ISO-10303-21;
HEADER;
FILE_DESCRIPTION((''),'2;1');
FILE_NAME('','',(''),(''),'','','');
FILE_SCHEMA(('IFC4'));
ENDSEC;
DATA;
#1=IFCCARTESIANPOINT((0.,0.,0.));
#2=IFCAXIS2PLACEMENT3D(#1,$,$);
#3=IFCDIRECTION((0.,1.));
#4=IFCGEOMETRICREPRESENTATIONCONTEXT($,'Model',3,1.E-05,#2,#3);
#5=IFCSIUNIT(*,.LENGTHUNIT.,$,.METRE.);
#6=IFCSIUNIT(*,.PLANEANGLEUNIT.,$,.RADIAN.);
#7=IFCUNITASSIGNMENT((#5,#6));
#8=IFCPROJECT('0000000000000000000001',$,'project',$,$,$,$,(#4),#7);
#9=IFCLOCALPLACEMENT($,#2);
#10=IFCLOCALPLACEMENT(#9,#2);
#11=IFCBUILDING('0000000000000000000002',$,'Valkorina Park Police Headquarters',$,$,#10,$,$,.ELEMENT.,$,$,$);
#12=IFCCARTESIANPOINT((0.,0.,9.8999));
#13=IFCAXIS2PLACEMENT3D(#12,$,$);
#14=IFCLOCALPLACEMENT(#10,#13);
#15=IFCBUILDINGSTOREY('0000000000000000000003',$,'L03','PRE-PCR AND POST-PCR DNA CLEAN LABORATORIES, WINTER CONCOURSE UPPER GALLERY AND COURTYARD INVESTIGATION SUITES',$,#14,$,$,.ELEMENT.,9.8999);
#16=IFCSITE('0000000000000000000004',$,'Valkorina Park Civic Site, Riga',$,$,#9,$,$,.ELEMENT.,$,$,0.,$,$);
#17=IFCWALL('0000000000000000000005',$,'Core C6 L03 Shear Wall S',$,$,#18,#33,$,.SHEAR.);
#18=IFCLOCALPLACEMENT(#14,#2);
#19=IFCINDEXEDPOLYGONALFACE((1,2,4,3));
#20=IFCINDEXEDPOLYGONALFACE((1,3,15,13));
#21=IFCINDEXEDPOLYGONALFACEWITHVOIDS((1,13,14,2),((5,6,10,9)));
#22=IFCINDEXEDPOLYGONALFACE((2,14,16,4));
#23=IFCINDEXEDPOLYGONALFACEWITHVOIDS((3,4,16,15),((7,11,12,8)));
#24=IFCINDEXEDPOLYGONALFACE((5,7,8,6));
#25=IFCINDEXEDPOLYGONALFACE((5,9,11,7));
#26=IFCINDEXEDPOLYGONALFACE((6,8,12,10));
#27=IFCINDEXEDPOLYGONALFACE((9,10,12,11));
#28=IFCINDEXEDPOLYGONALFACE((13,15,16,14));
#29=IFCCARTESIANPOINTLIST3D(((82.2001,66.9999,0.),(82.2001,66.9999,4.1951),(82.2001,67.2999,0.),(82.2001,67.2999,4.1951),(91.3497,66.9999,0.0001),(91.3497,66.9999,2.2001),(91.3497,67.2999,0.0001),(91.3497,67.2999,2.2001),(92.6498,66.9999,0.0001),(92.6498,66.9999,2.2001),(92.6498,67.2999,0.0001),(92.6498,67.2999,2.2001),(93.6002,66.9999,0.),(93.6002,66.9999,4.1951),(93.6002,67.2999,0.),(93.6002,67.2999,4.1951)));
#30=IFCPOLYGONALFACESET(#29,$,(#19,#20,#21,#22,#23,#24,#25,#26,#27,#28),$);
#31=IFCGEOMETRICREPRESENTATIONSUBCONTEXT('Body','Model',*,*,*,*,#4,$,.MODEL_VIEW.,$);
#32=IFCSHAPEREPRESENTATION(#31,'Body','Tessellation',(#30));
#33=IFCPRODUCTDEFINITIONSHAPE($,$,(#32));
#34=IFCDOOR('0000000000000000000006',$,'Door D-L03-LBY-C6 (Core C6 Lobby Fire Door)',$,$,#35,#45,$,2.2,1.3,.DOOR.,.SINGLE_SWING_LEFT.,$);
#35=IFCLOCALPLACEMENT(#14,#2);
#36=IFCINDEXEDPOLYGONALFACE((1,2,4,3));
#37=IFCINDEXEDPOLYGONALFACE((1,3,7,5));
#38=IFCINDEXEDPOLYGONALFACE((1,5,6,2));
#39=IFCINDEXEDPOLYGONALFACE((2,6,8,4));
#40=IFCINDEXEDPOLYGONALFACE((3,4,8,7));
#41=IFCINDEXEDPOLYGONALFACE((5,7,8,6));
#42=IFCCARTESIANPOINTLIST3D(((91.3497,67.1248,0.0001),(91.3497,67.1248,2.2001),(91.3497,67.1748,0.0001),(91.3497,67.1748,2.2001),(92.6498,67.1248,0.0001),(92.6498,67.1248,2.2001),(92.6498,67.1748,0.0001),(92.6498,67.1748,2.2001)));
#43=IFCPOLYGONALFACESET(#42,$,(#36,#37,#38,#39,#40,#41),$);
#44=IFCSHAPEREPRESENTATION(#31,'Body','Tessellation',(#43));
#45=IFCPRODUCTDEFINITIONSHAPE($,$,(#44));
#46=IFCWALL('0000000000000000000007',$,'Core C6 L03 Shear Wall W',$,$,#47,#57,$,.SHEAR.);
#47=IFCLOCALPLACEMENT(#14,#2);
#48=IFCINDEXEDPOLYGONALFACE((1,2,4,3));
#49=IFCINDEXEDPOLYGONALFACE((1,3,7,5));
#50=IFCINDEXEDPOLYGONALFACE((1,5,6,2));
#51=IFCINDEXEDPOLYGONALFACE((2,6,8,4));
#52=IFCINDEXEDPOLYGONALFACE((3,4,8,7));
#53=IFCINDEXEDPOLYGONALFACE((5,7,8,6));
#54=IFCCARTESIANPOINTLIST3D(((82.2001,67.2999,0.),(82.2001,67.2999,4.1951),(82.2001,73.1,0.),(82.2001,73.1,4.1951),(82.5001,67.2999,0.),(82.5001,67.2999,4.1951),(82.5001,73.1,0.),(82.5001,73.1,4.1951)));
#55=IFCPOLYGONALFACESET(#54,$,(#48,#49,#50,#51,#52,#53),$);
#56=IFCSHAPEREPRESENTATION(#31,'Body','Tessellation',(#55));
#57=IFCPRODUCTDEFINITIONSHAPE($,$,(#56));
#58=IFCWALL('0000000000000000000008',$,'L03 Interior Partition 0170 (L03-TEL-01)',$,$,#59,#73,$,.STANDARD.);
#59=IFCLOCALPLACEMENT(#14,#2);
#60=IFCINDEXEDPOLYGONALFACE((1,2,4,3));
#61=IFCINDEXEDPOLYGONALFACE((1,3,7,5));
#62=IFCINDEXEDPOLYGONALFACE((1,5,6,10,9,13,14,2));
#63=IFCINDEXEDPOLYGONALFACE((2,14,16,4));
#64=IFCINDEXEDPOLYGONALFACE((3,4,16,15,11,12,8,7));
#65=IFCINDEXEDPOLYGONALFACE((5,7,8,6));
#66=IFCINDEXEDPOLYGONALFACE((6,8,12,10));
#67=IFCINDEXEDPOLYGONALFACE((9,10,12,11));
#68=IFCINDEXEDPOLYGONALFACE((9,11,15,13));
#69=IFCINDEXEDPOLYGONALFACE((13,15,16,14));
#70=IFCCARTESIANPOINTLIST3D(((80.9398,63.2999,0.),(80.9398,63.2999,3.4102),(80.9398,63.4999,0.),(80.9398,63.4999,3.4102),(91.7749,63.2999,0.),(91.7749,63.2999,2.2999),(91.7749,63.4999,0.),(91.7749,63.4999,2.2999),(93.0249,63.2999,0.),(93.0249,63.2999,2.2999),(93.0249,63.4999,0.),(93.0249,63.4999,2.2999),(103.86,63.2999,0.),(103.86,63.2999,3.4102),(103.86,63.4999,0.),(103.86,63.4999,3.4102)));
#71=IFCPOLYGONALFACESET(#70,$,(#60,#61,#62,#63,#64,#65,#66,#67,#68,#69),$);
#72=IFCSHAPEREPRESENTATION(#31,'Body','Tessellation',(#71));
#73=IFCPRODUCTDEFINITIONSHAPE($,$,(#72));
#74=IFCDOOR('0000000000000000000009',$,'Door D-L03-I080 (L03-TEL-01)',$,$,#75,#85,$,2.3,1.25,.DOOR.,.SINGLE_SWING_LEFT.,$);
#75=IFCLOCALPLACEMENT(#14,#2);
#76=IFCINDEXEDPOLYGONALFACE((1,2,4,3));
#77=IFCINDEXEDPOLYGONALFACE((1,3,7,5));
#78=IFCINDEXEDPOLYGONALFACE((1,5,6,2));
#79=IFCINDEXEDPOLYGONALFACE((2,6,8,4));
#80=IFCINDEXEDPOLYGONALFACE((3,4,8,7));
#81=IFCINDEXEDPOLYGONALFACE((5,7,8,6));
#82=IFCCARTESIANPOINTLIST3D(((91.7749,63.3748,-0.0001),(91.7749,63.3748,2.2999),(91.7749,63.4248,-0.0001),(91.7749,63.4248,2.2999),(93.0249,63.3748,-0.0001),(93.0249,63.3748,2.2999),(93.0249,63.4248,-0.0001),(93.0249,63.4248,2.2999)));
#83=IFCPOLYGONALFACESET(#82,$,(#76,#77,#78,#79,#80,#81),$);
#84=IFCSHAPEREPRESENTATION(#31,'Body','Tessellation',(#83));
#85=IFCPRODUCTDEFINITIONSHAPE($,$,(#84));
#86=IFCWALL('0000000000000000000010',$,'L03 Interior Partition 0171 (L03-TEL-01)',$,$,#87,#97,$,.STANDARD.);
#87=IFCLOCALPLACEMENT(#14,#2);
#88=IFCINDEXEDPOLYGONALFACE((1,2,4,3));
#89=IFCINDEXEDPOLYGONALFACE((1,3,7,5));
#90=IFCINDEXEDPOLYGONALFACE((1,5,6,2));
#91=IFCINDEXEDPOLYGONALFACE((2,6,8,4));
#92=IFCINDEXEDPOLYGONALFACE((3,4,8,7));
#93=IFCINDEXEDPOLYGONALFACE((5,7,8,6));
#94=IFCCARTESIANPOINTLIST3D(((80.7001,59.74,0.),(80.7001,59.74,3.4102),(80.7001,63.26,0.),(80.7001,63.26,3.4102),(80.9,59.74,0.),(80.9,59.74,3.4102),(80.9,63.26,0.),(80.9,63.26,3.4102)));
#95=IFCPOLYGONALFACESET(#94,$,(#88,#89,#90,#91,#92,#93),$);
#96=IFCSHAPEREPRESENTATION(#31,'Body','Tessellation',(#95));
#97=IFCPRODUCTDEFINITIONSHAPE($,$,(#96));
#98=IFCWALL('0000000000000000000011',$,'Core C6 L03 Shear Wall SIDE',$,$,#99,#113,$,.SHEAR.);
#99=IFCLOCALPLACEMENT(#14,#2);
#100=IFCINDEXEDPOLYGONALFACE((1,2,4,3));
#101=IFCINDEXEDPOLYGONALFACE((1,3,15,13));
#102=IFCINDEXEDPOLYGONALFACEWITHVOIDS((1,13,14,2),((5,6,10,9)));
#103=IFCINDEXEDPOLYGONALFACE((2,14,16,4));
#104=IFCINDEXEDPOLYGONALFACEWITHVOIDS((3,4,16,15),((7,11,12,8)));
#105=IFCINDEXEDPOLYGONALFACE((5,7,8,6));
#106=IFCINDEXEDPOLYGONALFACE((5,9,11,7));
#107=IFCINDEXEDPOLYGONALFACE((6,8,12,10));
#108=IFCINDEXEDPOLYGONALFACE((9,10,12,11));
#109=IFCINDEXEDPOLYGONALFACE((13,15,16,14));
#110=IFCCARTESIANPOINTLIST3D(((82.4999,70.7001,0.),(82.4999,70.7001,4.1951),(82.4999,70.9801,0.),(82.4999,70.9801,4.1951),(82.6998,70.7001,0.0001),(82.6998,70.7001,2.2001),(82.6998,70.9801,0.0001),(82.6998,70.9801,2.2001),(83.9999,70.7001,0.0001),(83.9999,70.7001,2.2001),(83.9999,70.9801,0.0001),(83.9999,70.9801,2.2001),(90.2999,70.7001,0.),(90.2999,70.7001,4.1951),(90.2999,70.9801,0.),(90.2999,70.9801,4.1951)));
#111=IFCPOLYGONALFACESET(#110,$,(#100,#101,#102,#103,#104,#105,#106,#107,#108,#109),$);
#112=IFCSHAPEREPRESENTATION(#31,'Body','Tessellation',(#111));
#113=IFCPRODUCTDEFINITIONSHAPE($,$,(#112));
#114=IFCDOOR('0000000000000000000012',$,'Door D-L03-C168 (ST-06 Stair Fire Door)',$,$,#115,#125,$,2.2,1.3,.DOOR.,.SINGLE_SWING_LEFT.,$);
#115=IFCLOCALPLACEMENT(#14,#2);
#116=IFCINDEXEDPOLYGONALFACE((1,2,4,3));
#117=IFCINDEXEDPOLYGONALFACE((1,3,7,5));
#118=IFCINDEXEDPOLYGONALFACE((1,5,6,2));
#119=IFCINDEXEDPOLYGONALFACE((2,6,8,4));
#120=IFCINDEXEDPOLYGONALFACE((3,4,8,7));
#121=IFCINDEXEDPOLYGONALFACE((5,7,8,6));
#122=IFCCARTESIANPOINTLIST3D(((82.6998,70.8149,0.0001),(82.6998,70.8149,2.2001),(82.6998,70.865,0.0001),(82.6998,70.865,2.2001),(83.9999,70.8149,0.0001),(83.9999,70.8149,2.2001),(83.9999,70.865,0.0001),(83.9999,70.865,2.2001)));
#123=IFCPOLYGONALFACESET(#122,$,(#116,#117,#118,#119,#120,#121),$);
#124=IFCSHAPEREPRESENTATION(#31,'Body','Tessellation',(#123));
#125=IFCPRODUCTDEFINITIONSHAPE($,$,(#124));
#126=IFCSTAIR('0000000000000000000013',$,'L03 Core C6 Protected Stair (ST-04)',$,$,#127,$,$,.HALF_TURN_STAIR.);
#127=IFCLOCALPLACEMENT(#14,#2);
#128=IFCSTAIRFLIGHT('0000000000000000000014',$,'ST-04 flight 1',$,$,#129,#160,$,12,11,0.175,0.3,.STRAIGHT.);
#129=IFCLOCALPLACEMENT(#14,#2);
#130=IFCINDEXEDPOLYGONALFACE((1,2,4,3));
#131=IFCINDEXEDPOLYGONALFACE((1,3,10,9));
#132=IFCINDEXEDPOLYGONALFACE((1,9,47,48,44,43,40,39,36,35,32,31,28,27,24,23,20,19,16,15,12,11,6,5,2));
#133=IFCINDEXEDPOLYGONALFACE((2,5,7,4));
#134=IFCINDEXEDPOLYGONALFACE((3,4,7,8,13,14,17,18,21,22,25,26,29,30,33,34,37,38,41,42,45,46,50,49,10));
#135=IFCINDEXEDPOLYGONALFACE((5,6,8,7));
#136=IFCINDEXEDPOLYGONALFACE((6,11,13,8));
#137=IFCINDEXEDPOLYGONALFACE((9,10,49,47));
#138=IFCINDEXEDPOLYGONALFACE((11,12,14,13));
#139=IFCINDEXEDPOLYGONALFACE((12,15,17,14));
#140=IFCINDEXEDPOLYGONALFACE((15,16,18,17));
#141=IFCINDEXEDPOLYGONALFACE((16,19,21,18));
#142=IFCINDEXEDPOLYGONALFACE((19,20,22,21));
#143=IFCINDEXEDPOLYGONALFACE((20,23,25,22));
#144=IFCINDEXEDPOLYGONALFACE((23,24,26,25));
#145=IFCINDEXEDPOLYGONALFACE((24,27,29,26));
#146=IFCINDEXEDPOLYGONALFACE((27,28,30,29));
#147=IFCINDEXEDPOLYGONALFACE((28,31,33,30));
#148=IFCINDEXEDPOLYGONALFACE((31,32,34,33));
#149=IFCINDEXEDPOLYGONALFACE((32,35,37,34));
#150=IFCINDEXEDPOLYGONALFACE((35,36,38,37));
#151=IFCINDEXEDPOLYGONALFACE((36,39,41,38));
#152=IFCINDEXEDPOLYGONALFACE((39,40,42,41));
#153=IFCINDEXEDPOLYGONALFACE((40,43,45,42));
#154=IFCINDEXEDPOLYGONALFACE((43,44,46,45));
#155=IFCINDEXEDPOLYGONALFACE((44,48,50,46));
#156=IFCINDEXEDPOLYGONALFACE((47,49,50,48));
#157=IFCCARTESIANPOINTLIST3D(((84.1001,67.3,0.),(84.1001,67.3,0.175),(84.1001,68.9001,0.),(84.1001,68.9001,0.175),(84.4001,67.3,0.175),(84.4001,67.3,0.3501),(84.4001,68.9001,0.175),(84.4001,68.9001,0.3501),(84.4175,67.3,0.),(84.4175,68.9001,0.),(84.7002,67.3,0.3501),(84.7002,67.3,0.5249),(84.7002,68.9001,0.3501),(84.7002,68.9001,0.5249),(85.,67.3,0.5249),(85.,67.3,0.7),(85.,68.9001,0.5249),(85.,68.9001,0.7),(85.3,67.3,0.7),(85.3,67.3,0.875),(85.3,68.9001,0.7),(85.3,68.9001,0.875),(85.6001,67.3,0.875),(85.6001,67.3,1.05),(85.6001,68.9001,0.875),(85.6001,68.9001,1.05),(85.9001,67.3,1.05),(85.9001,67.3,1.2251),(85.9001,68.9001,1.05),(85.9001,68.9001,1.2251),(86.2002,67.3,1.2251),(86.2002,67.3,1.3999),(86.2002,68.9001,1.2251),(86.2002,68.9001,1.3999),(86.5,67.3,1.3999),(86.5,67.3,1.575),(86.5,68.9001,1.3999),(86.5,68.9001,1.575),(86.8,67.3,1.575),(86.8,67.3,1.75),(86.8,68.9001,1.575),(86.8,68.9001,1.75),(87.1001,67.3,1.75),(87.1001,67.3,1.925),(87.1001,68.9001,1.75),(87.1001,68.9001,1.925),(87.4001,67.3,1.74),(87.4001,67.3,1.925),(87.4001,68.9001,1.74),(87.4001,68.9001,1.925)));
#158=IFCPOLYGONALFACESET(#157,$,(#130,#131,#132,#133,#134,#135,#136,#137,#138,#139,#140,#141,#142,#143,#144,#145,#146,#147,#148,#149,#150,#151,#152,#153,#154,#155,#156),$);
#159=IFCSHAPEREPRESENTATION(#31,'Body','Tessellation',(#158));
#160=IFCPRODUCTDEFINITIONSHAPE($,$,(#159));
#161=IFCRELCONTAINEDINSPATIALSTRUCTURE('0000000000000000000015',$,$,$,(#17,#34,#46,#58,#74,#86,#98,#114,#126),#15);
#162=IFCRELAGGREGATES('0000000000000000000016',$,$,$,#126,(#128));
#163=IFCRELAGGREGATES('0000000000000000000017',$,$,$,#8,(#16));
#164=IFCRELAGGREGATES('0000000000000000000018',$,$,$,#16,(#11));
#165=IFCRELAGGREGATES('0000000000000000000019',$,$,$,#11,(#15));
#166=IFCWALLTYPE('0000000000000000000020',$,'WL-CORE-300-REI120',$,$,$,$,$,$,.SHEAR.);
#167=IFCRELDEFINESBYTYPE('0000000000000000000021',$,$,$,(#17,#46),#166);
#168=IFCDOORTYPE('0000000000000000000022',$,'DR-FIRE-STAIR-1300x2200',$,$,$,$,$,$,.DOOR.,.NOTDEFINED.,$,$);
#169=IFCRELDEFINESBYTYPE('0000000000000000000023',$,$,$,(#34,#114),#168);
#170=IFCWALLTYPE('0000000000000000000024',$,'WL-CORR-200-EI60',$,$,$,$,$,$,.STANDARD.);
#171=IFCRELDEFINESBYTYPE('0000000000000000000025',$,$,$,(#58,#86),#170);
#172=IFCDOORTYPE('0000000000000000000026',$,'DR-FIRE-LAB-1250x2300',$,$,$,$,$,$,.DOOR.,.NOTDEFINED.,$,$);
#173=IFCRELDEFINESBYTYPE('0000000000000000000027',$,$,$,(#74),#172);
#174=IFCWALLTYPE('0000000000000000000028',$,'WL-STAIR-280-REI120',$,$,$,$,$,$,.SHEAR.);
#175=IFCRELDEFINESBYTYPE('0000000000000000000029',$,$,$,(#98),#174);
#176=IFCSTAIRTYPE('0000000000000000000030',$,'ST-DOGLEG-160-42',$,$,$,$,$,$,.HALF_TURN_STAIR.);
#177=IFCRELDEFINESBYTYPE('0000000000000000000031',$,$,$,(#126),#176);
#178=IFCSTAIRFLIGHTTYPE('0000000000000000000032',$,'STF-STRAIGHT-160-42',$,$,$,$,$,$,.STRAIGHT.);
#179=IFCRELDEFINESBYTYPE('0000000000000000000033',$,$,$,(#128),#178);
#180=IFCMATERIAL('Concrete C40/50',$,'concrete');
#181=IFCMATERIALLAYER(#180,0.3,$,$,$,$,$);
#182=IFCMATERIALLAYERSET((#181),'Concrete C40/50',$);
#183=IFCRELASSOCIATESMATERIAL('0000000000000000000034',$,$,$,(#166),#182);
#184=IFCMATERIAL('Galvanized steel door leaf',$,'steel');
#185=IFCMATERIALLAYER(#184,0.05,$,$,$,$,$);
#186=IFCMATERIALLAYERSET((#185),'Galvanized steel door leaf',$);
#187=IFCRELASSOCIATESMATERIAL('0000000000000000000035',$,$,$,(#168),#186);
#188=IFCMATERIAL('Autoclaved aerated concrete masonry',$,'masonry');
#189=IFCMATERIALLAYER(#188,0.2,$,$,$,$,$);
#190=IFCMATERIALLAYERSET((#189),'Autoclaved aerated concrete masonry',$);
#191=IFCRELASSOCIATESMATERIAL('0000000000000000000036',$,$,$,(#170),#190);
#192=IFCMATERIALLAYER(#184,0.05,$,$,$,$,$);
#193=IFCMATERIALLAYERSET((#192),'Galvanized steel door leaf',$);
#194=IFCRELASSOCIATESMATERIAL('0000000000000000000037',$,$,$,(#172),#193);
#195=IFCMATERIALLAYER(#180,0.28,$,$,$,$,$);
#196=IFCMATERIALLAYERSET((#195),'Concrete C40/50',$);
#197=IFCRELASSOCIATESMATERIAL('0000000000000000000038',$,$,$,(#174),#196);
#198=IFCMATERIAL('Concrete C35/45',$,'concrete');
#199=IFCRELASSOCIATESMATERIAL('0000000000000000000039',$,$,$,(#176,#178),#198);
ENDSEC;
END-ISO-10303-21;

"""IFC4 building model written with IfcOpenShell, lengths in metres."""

from ifc_helpers import new_model, si_unit, direction, frame, frame_2d, origin, place, context, subcontext, project, spatial, polyline, rectangle, outline, extrude, material, layer, layer_set, type_object, element, fill, aggregate, save


model = new_model("IFC4")

# Units and contexts
model_context = context("Model", 3, precision=1e-05, world=origin(), true_north=direction((0.0, 1.0)))
body_context = subcontext(model_context, "Body", "Model", "MODEL_VIEW")
ifc_project = project(units=[si_unit("LENGTHUNIT", "METRE"), si_unit("PLANEANGLEUNIT", "RADIAN")], contexts=[model_context])

# Site, building, storey
site_placement = place(None, origin())
site = spatial("IfcSite", under=ifc_project, at=site_placement, Name="Valkorina Park Civic Site, Riga", CompositionType="ELEMENT", RefElevation=0.0)
building_placement = place(site_placement, origin())
building = spatial("IfcBuilding", under=site, at=building_placement, Name="Valkorina Park Police Headquarters", CompositionType="ELEMENT")
storey_placement = place(building_placement, frame((0.0, 0.0, 9.8999)))
storey = spatial("IfcBuildingStorey", under=building, at=storey_placement, Name="L03", Description="PRE-PCR AND POST-PCR DNA CLEAN LABORATORIES, WINTER CONCOURSE UPPER GALLERY AND COURTYARD INVESTIGATION SUITES", CompositionType="ELEMENT", Elevation=9.8999)

# Shared definitions
ifc_material_1 = material(Name="Autoclaved aerated concrete masonry", Category="masonry")

# Wall, opening, door
ifc_material_2 = material(Name="Concrete C40/50", Category="concrete")
ifc_layer_1 = layer(ifc_material_2, 0.3)
ifc_layer_set_1 = layer_set([ifc_layer_1], Name="Concrete C40/50")
wall_type_1 = type_object("IfcWallType", Name="WL-CORE-300-REI120", PredefinedType="SHEAR", material=ifc_layer_set_1)
wall_1_placement = place(storey_placement, frame((82.2, 67.1499, 0.0), z_axis=(0.0, 0.0, 1.0), x_axis=(1.0, 0.0, 0.0)))
wall_1 = element("IfcWall", 1, at=wall_1_placement, inside=storey, type_object=wall_type_1, Name="Core C6 L03 Shear Wall S", PredefinedType="SHEAR", context=body_context, shape_type="SweptSolid", body=[
    extrude(rectangle(XDim=11.4001, YDim=0.3, at=frame_2d((5.7002, 0.0))), origin(), (0.0, 0.0, 1.0), 4.1951),
])
opening_1_placement = place(wall_1_placement, frame((9.1499, 0.0, 0.0)))
opening_1 = element("IfcOpeningElement", 2, at=opening_1_placement, cuts=wall_1, PredefinedType="OPENING", context=body_context, shape_type="SweptSolid", body=[
    extrude(rectangle(XDim=1.3, YDim=2.2, at=frame_2d((0.6499, 1.1001))), frame((0.0, 0.1602, 0.0), z_axis=(0.0, -1.0, 0.0), x_axis=(1.0, 0.0, 0.0)), (0.0, 0.0, 1.0), 0.3201),
])
ifc_material_3 = material(Name="Galvanized steel door leaf", Category="steel")
ifc_layer_2 = layer(ifc_material_3, 0.05)
ifc_layer_set_2 = layer_set([ifc_layer_2], Name="Galvanized steel door leaf")
door_type_1 = type_object("IfcDoorType", Name="DR-FIRE-STAIR-1300x2200", OperationType="NOTDEFINED", PredefinedType="DOOR", material=ifc_layer_set_2)
door_1_placement = place(opening_1_placement, origin())
door_1 = element("IfcDoor", 3, at=door_1_placement, inside=storey, type_object=door_type_1, Name="Door D-L03-LBY-C6 (Core C6 Lobby Fire Door)", OperationType="SINGLE_SWING_LEFT", OverallHeight=2.2, OverallWidth=1.3, PredefinedType="DOOR", context=body_context, shape_type="SweptSolid", body=[
    extrude(rectangle(XDim=1.3, YDim=2.2, at=frame_2d((0.6499, 1.1001))), frame((0.0, 0.0249, 0.0), z_axis=(0.0, -1.0, 0.0), x_axis=(1.0, 0.0, 0.0)), (0.0, 0.0, 1.0), 0.05),
])
fill(opening_1, door_1)

# Wall
wall_2_placement = place(storey_placement, frame((82.3501, 67.3, 0.0), z_axis=(0.0, 0.0, 1.0), x_axis=(0.0, 1.0, 0.0)))
element("IfcWall", 4, at=wall_2_placement, inside=storey, type_object=wall_type_1, Name="Core C6 L03 Shear Wall W", PredefinedType="SHEAR", context=body_context, shape_type="SweptSolid", body=[
    extrude(rectangle(XDim=5.8, YDim=0.3, at=frame_2d((2.8999, 0.0))), origin(), (0.0, 0.0, 1.0), 4.1951),
])

# Wall, opening, door
ifc_layer_3 = layer(ifc_material_1, 0.2)
ifc_layer_set_3 = layer_set([ifc_layer_3], Name="Autoclaved aerated concrete masonry")
wall_type_2 = type_object("IfcWallType", Name="WL-CORR-200-EI60", PredefinedType="STANDARD", material=ifc_layer_set_3)
wall_3_placement = place(storey_placement, frame((80.9399, 63.3999, 0.0), z_axis=(0.0, 0.0, 1.0), x_axis=(1.0, 0.0, 0.0)))
wall_3 = element("IfcWall", 5, at=wall_3_placement, inside=storey, type_object=wall_type_2, Name="L03 Interior Partition 0170 (L03-TEL-01)", PredefinedType="STANDARD", context=body_context, shape_type="SweptSolid", body=[
    extrude(rectangle(XDim=22.9202, YDim=0.2, at=frame_2d((11.46, 0.0))), origin(), (0.0, 0.0, 1.0), 3.4102),
])
opening_2_placement = place(wall_3_placement, frame((10.835, 0.0, 0.0)))
opening_2 = element("IfcOpeningElement", 6, at=opening_2_placement, cuts=wall_3, PredefinedType="OPENING", context=body_context, shape_type="SweptSolid", body=[
    extrude(rectangle(XDim=1.25, YDim=2.3, at=frame_2d((0.625, 1.1499))), frame((0.0, 0.1099, 0.0), z_axis=(0.0, -1.0, 0.0), x_axis=(1.0, 0.0, 0.0)), (0.0, 0.0, 1.0), 0.22),
])
ifc_layer_4 = layer(ifc_material_3, 0.05)
ifc_layer_set_4 = layer_set([ifc_layer_4], Name="Galvanized steel door leaf")
door_type_2 = type_object("IfcDoorType", Name="DR-FIRE-LAB-1250x2300", OperationType="NOTDEFINED", PredefinedType="DOOR", material=ifc_layer_set_4)
door_2_placement = place(opening_2_placement, origin())
door_2 = element("IfcDoor", 7, at=door_2_placement, inside=storey, type_object=door_type_2, Name="Door D-L03-I080 (L03-TEL-01)", OperationType="SINGLE_SWING_LEFT", OverallHeight=2.3, OverallWidth=1.25, PredefinedType="DOOR", context=body_context, shape_type="SweptSolid", body=[
    extrude(rectangle(XDim=1.25, YDim=2.3, at=frame_2d((0.625, 1.1499))), frame((0.0, 0.0249, 0.0), z_axis=(0.0, -1.0, 0.0), x_axis=(1.0, 0.0, 0.0)), (0.0, 0.0, 1.0), 0.05),
])
fill(opening_2, door_2)

# Wall
wall_4_placement = place(storey_placement, frame((80.8, 59.74, 0.0), z_axis=(0.0, 0.0, 1.0), x_axis=(0.0, 1.0, 0.0)))
element("IfcWall", 8, at=wall_4_placement, inside=storey, type_object=wall_type_2, Name="L03 Interior Partition 0171 (L03-TEL-01)", PredefinedType="STANDARD", context=body_context, shape_type="SweptSolid", body=[
    extrude(rectangle(XDim=3.52, YDim=0.2, at=frame_2d((1.76, 0.0))), origin(), (0.0, 0.0, 1.0), 3.4102),
])

# Wall, opening, door
ifc_layer_5 = layer(ifc_material_2, 0.28)
ifc_layer_set_5 = layer_set([ifc_layer_5], Name="Concrete C40/50")
wall_type_3 = type_object("IfcWallType", Name="WL-STAIR-280-REI120", PredefinedType="SHEAR", material=ifc_layer_set_5)
wall_5_placement = place(storey_placement, frame((82.5, 70.8401, 0.0), z_axis=(0.0, 0.0, 1.0), x_axis=(1.0, 0.0, 0.0)))
wall_5 = element("IfcWall", 9, at=wall_5_placement, inside=storey, type_object=wall_type_3, Name="Core C6 L03 Shear Wall SIDE", PredefinedType="SHEAR", context=body_context, shape_type="SweptSolid", body=[
    extrude(rectangle(XDim=7.8, YDim=0.28, at=frame_2d((3.8999, 0.0))), origin(), (0.0, 0.0, 1.0), 4.1951),
])
opening_3_placement = place(wall_5_placement, frame((0.2, 0.0, 0.0)))
opening_3 = element("IfcOpeningElement", 10, at=opening_3_placement, cuts=wall_5, PredefinedType="OPENING", context=body_context, shape_type="SweptSolid", body=[
    extrude(rectangle(XDim=1.3, YDim=2.2, at=frame_2d((0.6499, 1.1001))), frame((0.0, 0.1499, 0.0), z_axis=(0.0, -1.0, 0.0), x_axis=(1.0, 0.0, 0.0)), (0.0, 0.0, 1.0), 0.3),
])
door_3_placement = place(opening_3_placement, origin())
door_3 = element("IfcDoor", 11, at=door_3_placement, inside=storey, type_object=door_type_1, Name="Door D-L03-C168 (ST-06 Stair Fire Door)", OperationType="SINGLE_SWING_LEFT", OverallHeight=2.2, OverallWidth=1.3, PredefinedType="DOOR", context=body_context, shape_type="SweptSolid", body=[
    extrude(rectangle(XDim=1.3, YDim=2.2, at=frame_2d((0.6499, 1.1001))), frame((0.0, 0.0249, 0.0), z_axis=(0.0, -1.0, 0.0), x_axis=(1.0, 0.0, 0.0)), (0.0, 0.0, 1.0), 0.05),
])
fill(opening_3, door_3)

# Stair, stair flight
ifc_material_4 = material(Name="Concrete C35/45", Category="concrete")
stair_type = type_object("IfcStairType", Name="ST-DOGLEG-160-42", PredefinedType="HALF_TURN_STAIR", material=ifc_material_4)
stair_placement = place(storey_placement, origin())
stair = element("IfcStair", 12, at=stair_placement, inside=storey, type_object=stair_type, Name="L03 Core C6 Protected Stair (ST-04)", PredefinedType="HALF_TURN_STAIR")
stair_flight_type = type_object("IfcStairFlightType", Name="STF-STRAIGHT-160-42", PredefinedType="STRAIGHT", material=ifc_material_4)
stair_flight_1_placement = place(storey_placement, frame((84.1001, 68.1001, 0.0), z_axis=(0.0, 0.0, 1.0), x_axis=(1.0, 0.0, 0.0)))
stair_flight_1 = element("IfcStairFlight", 13, at=stair_flight_1_placement, type_object=stair_flight_type, Name="ST-04 flight 1", NumberOfRisers=12, NumberOfTreads=11, PredefinedType="STRAIGHT", RiserHeight=0.175, TreadLength=0.3, context=body_context, shape_type="SweptSolid", body=[
    extrude(outline(polyline([(0.0, 0.0), (0.0, 0.175), (0.3, 0.175), (0.3, 0.3501), (0.6001, 0.3501), (0.6001, 0.5249), (0.8999, 0.5249), (0.8999, 0.7), (1.2, 0.7), (1.2, 0.875), (1.5, 0.875), (1.5, 1.05), (1.8, 1.05), (1.8, 1.2251), (2.1001, 1.2251), (2.1001, 1.3999), (2.3999, 1.3999), (2.3999, 1.575), (2.7, 1.575), (2.7, 1.75), (3.0, 1.75), (3.0, 1.925), (3.3, 1.925), (3.3, 2.1001), (3.3, 1.74), (0.3174, 0.0), (0.0, 0.0)])), frame((0.0, 0.8, 0.0), z_axis=(0.0, -1.0, 0.0), x_axis=(1.0, 0.0, 0.0)), (0.0, 0.0, 1.0), 1.6001),
])
aggregate(stair, [stair_flight_1])

save(model, "model.ifc")
